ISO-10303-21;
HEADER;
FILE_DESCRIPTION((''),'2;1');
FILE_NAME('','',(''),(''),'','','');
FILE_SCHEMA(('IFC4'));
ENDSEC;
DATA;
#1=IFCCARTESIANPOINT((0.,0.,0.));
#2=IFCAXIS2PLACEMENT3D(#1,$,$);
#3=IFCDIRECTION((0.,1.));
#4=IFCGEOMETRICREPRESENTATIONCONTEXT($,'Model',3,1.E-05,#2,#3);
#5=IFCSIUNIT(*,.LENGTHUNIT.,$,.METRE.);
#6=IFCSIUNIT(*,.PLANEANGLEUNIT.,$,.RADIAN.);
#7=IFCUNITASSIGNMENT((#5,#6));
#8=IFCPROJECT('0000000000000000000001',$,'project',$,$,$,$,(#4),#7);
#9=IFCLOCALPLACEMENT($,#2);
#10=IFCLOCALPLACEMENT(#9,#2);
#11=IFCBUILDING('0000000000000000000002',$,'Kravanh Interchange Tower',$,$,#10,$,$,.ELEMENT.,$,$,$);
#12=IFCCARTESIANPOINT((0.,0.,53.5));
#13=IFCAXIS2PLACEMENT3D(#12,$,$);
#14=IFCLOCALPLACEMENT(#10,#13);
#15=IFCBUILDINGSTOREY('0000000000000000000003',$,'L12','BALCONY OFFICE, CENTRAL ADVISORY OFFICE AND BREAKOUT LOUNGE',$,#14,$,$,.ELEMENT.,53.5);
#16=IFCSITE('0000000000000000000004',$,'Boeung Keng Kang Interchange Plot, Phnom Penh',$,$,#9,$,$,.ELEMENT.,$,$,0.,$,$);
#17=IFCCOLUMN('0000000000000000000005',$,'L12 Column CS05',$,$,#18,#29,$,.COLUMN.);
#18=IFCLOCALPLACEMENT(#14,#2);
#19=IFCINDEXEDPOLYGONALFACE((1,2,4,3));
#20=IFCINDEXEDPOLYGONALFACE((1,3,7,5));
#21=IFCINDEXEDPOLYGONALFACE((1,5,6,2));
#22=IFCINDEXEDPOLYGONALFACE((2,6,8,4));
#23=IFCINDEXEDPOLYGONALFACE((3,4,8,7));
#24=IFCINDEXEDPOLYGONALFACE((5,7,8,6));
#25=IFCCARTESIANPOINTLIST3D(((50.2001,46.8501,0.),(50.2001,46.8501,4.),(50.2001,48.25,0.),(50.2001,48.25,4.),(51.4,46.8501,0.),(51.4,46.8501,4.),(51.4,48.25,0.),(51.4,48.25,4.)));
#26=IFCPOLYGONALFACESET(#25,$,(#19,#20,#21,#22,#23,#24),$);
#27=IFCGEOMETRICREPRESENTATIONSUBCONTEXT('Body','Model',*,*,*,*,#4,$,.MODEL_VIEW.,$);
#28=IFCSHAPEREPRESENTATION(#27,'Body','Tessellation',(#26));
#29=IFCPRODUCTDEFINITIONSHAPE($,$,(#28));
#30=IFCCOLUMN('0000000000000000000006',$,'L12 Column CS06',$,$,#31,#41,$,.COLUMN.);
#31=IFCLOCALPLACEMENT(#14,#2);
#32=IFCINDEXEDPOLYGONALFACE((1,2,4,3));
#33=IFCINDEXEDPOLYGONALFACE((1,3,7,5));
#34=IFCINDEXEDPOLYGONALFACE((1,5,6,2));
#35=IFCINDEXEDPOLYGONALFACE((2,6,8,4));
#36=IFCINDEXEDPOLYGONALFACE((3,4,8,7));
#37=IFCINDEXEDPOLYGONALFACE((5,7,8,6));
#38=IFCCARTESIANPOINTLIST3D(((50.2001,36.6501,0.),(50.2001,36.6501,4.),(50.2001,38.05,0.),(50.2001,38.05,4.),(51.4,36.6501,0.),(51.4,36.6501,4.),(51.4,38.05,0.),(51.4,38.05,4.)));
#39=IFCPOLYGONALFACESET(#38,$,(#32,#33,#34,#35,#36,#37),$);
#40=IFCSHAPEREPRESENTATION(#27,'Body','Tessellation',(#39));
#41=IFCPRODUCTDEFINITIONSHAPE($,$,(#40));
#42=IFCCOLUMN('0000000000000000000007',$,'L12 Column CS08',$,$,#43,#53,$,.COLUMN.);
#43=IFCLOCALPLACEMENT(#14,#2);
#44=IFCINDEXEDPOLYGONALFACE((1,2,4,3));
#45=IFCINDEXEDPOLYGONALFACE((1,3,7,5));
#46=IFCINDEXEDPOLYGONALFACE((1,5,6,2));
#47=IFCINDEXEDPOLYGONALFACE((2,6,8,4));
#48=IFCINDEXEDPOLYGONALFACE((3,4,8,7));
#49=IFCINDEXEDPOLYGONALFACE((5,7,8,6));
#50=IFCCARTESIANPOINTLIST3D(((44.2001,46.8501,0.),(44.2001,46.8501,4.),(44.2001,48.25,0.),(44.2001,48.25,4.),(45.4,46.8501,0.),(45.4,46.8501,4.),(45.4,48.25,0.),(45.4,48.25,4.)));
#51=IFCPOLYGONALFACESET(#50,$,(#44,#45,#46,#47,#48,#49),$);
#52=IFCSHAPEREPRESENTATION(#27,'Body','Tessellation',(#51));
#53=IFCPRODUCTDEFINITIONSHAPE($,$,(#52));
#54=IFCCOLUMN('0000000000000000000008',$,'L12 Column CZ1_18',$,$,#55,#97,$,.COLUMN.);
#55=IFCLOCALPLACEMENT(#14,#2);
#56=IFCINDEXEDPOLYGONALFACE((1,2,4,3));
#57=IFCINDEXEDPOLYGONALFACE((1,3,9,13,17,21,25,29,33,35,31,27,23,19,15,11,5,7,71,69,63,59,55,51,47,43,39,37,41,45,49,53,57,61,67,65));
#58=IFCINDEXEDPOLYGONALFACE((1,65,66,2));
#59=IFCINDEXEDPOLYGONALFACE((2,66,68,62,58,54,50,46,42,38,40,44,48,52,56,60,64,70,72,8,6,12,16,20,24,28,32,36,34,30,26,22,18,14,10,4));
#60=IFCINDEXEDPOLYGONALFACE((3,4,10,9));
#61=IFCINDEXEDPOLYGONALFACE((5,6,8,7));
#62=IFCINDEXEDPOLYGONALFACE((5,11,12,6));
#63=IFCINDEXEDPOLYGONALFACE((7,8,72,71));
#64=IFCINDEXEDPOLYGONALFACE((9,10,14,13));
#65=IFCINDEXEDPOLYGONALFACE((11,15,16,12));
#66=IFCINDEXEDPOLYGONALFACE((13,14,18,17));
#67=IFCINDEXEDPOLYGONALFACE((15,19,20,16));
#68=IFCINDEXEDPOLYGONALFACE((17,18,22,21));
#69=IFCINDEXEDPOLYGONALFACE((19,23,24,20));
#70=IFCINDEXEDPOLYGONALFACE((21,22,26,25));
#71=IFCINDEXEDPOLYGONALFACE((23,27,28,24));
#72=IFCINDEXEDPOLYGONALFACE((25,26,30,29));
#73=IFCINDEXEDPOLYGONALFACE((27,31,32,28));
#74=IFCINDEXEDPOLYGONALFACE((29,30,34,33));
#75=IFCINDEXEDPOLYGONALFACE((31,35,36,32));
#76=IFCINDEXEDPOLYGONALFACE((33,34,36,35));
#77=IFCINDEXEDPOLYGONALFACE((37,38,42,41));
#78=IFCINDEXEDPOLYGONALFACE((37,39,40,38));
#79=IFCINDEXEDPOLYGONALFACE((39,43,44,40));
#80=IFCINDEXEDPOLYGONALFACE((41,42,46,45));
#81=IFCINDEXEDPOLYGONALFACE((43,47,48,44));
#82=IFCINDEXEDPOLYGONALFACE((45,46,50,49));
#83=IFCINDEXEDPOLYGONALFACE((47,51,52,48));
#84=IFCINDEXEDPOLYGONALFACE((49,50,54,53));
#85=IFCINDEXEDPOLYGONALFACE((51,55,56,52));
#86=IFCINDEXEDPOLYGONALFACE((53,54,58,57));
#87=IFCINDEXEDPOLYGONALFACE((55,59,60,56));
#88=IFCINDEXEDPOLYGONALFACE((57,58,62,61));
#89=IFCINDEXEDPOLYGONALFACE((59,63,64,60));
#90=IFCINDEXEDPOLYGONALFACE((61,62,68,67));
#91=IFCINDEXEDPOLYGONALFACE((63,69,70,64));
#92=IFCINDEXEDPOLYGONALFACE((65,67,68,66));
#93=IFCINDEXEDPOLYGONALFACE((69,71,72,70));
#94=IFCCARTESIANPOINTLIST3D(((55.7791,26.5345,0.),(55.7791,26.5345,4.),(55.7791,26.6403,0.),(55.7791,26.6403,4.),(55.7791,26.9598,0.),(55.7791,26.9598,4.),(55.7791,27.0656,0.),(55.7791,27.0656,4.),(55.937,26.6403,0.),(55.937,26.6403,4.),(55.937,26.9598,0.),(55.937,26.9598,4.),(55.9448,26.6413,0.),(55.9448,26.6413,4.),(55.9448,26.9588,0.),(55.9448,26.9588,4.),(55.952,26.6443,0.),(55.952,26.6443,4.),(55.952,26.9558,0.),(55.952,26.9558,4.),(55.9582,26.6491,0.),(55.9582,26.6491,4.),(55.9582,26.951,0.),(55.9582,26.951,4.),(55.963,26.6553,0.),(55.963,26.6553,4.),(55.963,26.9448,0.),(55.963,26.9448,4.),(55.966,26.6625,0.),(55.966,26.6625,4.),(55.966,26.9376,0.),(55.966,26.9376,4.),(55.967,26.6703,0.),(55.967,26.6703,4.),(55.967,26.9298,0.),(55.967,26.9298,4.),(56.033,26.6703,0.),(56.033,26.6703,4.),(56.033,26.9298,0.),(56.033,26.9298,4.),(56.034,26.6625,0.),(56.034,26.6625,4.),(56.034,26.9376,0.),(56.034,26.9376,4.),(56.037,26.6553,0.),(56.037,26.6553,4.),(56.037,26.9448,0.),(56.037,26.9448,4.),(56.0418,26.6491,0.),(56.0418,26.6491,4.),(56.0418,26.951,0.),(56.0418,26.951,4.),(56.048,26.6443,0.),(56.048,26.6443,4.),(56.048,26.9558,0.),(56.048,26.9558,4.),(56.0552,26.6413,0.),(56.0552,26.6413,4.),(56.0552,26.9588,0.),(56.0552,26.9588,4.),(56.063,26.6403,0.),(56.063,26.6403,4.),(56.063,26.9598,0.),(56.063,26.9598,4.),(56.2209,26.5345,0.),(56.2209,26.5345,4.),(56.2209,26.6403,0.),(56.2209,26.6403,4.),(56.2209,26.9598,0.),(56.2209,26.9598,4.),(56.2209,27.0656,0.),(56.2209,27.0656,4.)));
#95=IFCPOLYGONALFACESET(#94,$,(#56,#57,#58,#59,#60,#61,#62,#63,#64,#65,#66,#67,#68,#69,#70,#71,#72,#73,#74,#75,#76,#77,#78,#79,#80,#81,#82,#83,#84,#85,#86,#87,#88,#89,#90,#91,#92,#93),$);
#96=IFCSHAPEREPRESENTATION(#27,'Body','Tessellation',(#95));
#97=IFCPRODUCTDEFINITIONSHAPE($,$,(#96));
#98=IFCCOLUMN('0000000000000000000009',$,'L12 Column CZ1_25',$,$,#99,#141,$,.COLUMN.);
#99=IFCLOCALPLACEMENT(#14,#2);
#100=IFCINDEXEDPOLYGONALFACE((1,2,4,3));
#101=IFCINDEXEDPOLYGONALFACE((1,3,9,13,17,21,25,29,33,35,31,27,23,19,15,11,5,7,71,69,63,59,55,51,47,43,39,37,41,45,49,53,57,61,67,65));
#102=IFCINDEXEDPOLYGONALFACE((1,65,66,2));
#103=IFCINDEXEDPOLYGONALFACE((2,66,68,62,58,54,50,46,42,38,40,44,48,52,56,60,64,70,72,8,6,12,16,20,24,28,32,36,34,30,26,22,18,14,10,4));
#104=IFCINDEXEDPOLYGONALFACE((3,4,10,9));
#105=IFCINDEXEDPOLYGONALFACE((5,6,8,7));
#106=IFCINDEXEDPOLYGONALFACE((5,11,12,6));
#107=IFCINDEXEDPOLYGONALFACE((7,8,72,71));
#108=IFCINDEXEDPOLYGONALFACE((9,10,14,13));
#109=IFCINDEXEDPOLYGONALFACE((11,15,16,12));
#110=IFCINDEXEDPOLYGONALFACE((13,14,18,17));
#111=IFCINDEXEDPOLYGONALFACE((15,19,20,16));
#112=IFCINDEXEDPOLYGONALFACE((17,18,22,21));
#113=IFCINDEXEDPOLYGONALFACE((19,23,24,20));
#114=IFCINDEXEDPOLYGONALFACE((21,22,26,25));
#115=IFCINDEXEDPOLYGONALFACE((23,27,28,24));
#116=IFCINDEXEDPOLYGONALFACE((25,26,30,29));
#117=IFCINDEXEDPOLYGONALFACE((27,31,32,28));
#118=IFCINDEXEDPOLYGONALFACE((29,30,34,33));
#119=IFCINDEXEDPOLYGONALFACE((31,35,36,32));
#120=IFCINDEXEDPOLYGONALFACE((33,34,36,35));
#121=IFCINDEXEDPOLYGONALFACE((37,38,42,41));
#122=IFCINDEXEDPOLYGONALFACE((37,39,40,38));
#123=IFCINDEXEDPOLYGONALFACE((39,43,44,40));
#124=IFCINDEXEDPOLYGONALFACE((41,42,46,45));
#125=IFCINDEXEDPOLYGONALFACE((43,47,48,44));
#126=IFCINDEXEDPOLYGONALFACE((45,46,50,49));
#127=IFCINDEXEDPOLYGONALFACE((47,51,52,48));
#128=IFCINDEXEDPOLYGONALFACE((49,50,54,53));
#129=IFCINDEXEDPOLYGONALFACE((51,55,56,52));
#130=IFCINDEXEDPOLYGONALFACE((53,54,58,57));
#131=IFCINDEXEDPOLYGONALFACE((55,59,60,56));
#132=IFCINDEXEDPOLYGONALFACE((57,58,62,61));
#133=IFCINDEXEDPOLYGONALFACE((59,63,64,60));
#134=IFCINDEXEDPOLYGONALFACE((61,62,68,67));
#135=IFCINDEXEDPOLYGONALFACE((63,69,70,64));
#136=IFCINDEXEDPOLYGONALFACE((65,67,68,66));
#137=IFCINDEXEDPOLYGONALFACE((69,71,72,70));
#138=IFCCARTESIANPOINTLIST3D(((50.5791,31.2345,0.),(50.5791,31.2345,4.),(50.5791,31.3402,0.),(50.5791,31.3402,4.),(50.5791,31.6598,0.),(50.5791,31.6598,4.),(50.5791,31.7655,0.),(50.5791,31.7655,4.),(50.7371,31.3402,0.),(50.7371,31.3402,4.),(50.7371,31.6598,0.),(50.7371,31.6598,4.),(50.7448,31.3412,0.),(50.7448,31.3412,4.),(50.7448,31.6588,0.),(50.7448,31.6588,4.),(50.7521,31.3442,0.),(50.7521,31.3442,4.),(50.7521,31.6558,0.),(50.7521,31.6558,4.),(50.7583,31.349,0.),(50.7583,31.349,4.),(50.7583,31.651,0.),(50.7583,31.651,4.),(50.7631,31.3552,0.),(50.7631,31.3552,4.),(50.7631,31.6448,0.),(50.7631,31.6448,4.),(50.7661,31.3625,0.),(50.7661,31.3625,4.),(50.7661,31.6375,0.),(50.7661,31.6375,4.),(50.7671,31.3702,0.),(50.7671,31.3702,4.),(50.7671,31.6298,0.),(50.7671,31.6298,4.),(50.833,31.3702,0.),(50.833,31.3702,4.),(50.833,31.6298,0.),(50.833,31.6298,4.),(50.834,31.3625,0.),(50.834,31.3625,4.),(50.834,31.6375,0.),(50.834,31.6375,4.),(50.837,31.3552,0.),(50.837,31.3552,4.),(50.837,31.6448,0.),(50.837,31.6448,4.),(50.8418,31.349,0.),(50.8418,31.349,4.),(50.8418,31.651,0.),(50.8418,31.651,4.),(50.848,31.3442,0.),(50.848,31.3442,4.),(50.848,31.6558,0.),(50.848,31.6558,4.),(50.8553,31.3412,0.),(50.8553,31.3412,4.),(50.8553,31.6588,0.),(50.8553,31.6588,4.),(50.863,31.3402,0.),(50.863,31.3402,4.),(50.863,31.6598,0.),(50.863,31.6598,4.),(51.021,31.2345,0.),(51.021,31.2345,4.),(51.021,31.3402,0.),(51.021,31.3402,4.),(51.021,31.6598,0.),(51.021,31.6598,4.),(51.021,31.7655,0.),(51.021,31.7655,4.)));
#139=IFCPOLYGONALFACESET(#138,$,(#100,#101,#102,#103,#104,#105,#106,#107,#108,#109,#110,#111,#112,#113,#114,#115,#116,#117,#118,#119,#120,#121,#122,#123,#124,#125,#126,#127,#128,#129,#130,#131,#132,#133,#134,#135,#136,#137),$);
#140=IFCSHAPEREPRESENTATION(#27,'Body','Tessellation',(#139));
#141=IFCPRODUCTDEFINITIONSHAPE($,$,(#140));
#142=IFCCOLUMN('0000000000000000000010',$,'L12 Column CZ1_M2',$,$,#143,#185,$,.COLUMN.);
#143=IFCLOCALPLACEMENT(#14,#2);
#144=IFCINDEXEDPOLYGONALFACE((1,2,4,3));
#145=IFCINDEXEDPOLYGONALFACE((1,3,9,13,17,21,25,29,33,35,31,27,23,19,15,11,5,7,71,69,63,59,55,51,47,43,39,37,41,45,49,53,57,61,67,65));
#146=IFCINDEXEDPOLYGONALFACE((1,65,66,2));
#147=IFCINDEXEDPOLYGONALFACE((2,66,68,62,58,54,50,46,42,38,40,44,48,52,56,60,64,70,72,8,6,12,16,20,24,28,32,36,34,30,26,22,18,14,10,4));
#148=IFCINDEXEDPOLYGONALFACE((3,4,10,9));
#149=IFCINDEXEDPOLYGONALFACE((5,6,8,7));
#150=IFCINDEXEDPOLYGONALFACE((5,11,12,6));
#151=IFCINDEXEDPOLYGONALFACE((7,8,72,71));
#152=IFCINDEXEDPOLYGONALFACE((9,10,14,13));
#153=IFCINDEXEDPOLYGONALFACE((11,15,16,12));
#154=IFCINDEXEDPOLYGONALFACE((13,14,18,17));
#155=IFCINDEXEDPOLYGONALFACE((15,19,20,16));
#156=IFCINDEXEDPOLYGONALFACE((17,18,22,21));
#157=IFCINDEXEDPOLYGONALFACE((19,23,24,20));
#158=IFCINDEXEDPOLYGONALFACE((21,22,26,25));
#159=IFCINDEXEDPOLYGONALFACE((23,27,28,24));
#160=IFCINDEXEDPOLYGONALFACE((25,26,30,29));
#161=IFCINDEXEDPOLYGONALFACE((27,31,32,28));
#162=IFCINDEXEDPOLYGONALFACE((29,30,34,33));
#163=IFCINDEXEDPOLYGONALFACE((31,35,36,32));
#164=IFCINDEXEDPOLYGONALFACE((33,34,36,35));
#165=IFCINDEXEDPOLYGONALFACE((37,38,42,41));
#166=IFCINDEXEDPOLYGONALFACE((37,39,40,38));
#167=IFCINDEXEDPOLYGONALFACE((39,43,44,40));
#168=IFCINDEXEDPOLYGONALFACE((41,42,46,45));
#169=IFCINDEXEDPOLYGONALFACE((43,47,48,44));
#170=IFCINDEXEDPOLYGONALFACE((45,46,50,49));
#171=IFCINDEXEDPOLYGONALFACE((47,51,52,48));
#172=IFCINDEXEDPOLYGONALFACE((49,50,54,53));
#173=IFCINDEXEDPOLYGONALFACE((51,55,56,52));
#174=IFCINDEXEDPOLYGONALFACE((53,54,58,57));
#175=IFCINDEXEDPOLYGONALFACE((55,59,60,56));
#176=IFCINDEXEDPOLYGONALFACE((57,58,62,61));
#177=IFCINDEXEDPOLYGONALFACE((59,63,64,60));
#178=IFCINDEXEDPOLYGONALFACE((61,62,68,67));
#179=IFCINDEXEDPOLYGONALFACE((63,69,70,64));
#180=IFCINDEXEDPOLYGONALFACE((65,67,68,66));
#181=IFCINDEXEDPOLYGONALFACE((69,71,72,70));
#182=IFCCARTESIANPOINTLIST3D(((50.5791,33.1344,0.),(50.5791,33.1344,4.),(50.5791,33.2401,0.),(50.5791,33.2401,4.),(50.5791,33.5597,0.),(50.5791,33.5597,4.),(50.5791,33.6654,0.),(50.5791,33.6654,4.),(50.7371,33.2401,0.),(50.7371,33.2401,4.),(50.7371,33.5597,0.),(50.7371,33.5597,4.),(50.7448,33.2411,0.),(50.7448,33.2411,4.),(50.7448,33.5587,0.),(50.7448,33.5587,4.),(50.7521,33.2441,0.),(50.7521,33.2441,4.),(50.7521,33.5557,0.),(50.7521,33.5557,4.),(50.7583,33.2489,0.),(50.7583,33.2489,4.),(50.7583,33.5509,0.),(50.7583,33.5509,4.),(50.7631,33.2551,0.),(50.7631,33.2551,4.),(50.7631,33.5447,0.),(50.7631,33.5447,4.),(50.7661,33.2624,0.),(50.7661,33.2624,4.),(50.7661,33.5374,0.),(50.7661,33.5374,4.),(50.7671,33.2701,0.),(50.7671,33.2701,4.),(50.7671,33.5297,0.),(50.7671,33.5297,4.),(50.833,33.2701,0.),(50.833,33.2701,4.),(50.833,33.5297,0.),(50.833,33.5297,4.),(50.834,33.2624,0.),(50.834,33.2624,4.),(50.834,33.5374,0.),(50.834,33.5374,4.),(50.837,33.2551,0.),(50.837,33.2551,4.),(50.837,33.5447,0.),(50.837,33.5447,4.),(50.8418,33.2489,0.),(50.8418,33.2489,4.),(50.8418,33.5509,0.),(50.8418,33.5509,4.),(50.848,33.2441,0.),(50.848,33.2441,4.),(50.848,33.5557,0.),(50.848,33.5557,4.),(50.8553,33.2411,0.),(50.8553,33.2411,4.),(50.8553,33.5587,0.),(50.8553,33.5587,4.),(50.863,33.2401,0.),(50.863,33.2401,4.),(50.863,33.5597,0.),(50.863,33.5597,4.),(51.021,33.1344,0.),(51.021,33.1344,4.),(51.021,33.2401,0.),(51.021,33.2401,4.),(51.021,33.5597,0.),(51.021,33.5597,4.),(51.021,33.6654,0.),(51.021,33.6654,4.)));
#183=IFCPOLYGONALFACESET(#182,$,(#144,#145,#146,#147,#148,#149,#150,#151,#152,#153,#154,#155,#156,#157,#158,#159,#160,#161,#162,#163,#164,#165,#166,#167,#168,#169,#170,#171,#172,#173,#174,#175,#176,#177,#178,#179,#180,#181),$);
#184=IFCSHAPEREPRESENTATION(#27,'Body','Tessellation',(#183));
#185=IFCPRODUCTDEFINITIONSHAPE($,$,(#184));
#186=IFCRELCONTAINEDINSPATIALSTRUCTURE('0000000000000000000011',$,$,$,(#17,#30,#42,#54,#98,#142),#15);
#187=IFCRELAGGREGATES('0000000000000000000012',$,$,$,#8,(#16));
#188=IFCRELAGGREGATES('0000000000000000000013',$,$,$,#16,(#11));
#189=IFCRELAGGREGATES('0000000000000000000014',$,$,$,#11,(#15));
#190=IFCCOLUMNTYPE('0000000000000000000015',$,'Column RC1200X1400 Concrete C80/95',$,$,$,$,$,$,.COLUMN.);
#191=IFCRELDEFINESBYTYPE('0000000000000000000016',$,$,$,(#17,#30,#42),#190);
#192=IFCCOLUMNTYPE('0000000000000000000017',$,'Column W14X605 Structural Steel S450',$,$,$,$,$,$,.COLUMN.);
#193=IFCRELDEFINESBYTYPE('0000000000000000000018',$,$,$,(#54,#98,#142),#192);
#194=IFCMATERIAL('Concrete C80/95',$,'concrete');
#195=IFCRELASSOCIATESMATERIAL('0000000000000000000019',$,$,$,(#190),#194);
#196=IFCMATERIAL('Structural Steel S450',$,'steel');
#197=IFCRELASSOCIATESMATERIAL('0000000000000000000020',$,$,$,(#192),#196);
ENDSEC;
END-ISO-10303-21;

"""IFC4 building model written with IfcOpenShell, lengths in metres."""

from ifc_helpers import new_model, si_unit, direction, frame, origin, origin_2d, place, context, subcontext, project, spatial, rectangle, i_section, extrude, material, material_profile, profile_set, type_object, element, save


model = new_model("IFC4")

# Units and contexts
model_context = context("Model", 3, precision=1e-05, world=origin(), true_north=direction((0.0, 1.0)))
body_context = subcontext(model_context, "Body", "Model", "MODEL_VIEW")
ifc_project = project(units=[si_unit("LENGTHUNIT", "METRE"), si_unit("PLANEANGLEUNIT", "RADIAN")], contexts=[model_context])

# Site, building, storey
site_placement = place(None, origin())
site = spatial("IfcSite", under=ifc_project, at=site_placement, Name="Boeung Keng Kang Interchange Plot, Phnom Penh", CompositionType="ELEMENT", RefElevation=0.0)
building_placement = place(site_placement, origin())
building = spatial("IfcBuilding", under=site, at=building_placement, Name="Kravanh Interchange Tower", CompositionType="ELEMENT")
storey_placement = place(building_placement, frame((0.0, 0.0, 53.5)))
storey = spatial("IfcBuildingStorey", under=building, at=storey_placement, Name="L12", Description="BALCONY OFFICE, CENTRAL ADVISORY OFFICE AND BREAKOUT LOUNGE", CompositionType="ELEMENT", Elevation=53.5)

# Columns
ifc_material_1 = material(Name="Concrete C80/95", Category="concrete")
ifc_material_profile_1 = material_profile(ifc_material_1, rectangle(XDim=1.2, YDim=1.3999, at=origin_2d()), Name="RC1200X1400")
ifc_profile_set_1 = profile_set([ifc_material_profile_1], Name="Concrete C80/95")
column_type_1 = type_object("IfcColumnType", Name="Column RC1200X1400 Concrete C80/95", PredefinedType="COLUMN", material=ifc_profile_set_1)
for number, where, z_axis, x_axis, name in (
    (1, (50.8, 47.55, 0.0), (0.0, 0.0, 1.0), (1.0, 0.0, 0.0), "L12 Column CS05"),
    (2, (50.8, 37.3501, 0.0), (0.0, 0.0, 1.0), (1.0, 0.0, 0.0), "L12 Column CS06"),
    (3, (44.8, 47.55, 0.0), (0.0, 0.0, 1.0), (1.0, 0.0, 0.0), "L12 Column CS08"),
):
    element("IfcColumn", number, at=place(storey_placement, frame(where, z_axis=z_axis, x_axis=x_axis)), inside=storey, type_object=column_type_1, Name=name, PredefinedType="COLUMN", context=body_context, shape_type="SweptSolid", body=[
        extrude(rectangle(XDim=1.2, YDim=1.3999, at=origin_2d()), origin(), (0.0, 0.0, 1.0), 4.0),
    ])
ifc_material_2 = material(Name="Structural Steel S450", Category="steel")
ifc_material_profile_2 = material_profile(ifc_material_2, i_section(OverallWidth=0.4419, OverallDepth=0.531, WebThickness=0.0659, FlangeThickness=0.1057, FilletRadius=0.03, at=origin_2d()), Name="W14X605")
ifc_profile_set_2 = profile_set([ifc_material_profile_2], Name="Structural Steel S450")
column_type_2 = type_object("IfcColumnType", Name="Column W14X605 Structural Steel S450", PredefinedType="COLUMN", material=ifc_profile_set_2)
for number, where, z_axis, x_axis, name in (
    (4, (56.0, 26.8, 0.0), (0.0, 0.0, 1.0), (1.0, 0.0, 0.0), "L12 Column CZ1_18"),
    (5, (50.8, 31.5, 0.0), (0.0, 0.0, 1.0), (1.0, 0.0, 0.0), "L12 Column CZ1_25"),
    (6, (50.8, 33.3999, 0.0), (0.0, 0.0, 1.0), (1.0, 0.0, 0.0), "L12 Column CZ1_M2"),
):
    element("IfcColumn", number, at=place(storey_placement, frame(where, z_axis=z_axis, x_axis=x_axis)), inside=storey, type_object=column_type_2, Name=name, PredefinedType="COLUMN", context=body_context, shape_type="SweptSolid", body=[
        extrude(i_section(OverallWidth=0.4419, OverallDepth=0.531, WebThickness=0.0659, FlangeThickness=0.1057, FilletRadius=0.03, at=origin_2d()), origin(), (0.0, 0.0, 1.0), 4.0),
    ])

save(model, "model.ifc")
